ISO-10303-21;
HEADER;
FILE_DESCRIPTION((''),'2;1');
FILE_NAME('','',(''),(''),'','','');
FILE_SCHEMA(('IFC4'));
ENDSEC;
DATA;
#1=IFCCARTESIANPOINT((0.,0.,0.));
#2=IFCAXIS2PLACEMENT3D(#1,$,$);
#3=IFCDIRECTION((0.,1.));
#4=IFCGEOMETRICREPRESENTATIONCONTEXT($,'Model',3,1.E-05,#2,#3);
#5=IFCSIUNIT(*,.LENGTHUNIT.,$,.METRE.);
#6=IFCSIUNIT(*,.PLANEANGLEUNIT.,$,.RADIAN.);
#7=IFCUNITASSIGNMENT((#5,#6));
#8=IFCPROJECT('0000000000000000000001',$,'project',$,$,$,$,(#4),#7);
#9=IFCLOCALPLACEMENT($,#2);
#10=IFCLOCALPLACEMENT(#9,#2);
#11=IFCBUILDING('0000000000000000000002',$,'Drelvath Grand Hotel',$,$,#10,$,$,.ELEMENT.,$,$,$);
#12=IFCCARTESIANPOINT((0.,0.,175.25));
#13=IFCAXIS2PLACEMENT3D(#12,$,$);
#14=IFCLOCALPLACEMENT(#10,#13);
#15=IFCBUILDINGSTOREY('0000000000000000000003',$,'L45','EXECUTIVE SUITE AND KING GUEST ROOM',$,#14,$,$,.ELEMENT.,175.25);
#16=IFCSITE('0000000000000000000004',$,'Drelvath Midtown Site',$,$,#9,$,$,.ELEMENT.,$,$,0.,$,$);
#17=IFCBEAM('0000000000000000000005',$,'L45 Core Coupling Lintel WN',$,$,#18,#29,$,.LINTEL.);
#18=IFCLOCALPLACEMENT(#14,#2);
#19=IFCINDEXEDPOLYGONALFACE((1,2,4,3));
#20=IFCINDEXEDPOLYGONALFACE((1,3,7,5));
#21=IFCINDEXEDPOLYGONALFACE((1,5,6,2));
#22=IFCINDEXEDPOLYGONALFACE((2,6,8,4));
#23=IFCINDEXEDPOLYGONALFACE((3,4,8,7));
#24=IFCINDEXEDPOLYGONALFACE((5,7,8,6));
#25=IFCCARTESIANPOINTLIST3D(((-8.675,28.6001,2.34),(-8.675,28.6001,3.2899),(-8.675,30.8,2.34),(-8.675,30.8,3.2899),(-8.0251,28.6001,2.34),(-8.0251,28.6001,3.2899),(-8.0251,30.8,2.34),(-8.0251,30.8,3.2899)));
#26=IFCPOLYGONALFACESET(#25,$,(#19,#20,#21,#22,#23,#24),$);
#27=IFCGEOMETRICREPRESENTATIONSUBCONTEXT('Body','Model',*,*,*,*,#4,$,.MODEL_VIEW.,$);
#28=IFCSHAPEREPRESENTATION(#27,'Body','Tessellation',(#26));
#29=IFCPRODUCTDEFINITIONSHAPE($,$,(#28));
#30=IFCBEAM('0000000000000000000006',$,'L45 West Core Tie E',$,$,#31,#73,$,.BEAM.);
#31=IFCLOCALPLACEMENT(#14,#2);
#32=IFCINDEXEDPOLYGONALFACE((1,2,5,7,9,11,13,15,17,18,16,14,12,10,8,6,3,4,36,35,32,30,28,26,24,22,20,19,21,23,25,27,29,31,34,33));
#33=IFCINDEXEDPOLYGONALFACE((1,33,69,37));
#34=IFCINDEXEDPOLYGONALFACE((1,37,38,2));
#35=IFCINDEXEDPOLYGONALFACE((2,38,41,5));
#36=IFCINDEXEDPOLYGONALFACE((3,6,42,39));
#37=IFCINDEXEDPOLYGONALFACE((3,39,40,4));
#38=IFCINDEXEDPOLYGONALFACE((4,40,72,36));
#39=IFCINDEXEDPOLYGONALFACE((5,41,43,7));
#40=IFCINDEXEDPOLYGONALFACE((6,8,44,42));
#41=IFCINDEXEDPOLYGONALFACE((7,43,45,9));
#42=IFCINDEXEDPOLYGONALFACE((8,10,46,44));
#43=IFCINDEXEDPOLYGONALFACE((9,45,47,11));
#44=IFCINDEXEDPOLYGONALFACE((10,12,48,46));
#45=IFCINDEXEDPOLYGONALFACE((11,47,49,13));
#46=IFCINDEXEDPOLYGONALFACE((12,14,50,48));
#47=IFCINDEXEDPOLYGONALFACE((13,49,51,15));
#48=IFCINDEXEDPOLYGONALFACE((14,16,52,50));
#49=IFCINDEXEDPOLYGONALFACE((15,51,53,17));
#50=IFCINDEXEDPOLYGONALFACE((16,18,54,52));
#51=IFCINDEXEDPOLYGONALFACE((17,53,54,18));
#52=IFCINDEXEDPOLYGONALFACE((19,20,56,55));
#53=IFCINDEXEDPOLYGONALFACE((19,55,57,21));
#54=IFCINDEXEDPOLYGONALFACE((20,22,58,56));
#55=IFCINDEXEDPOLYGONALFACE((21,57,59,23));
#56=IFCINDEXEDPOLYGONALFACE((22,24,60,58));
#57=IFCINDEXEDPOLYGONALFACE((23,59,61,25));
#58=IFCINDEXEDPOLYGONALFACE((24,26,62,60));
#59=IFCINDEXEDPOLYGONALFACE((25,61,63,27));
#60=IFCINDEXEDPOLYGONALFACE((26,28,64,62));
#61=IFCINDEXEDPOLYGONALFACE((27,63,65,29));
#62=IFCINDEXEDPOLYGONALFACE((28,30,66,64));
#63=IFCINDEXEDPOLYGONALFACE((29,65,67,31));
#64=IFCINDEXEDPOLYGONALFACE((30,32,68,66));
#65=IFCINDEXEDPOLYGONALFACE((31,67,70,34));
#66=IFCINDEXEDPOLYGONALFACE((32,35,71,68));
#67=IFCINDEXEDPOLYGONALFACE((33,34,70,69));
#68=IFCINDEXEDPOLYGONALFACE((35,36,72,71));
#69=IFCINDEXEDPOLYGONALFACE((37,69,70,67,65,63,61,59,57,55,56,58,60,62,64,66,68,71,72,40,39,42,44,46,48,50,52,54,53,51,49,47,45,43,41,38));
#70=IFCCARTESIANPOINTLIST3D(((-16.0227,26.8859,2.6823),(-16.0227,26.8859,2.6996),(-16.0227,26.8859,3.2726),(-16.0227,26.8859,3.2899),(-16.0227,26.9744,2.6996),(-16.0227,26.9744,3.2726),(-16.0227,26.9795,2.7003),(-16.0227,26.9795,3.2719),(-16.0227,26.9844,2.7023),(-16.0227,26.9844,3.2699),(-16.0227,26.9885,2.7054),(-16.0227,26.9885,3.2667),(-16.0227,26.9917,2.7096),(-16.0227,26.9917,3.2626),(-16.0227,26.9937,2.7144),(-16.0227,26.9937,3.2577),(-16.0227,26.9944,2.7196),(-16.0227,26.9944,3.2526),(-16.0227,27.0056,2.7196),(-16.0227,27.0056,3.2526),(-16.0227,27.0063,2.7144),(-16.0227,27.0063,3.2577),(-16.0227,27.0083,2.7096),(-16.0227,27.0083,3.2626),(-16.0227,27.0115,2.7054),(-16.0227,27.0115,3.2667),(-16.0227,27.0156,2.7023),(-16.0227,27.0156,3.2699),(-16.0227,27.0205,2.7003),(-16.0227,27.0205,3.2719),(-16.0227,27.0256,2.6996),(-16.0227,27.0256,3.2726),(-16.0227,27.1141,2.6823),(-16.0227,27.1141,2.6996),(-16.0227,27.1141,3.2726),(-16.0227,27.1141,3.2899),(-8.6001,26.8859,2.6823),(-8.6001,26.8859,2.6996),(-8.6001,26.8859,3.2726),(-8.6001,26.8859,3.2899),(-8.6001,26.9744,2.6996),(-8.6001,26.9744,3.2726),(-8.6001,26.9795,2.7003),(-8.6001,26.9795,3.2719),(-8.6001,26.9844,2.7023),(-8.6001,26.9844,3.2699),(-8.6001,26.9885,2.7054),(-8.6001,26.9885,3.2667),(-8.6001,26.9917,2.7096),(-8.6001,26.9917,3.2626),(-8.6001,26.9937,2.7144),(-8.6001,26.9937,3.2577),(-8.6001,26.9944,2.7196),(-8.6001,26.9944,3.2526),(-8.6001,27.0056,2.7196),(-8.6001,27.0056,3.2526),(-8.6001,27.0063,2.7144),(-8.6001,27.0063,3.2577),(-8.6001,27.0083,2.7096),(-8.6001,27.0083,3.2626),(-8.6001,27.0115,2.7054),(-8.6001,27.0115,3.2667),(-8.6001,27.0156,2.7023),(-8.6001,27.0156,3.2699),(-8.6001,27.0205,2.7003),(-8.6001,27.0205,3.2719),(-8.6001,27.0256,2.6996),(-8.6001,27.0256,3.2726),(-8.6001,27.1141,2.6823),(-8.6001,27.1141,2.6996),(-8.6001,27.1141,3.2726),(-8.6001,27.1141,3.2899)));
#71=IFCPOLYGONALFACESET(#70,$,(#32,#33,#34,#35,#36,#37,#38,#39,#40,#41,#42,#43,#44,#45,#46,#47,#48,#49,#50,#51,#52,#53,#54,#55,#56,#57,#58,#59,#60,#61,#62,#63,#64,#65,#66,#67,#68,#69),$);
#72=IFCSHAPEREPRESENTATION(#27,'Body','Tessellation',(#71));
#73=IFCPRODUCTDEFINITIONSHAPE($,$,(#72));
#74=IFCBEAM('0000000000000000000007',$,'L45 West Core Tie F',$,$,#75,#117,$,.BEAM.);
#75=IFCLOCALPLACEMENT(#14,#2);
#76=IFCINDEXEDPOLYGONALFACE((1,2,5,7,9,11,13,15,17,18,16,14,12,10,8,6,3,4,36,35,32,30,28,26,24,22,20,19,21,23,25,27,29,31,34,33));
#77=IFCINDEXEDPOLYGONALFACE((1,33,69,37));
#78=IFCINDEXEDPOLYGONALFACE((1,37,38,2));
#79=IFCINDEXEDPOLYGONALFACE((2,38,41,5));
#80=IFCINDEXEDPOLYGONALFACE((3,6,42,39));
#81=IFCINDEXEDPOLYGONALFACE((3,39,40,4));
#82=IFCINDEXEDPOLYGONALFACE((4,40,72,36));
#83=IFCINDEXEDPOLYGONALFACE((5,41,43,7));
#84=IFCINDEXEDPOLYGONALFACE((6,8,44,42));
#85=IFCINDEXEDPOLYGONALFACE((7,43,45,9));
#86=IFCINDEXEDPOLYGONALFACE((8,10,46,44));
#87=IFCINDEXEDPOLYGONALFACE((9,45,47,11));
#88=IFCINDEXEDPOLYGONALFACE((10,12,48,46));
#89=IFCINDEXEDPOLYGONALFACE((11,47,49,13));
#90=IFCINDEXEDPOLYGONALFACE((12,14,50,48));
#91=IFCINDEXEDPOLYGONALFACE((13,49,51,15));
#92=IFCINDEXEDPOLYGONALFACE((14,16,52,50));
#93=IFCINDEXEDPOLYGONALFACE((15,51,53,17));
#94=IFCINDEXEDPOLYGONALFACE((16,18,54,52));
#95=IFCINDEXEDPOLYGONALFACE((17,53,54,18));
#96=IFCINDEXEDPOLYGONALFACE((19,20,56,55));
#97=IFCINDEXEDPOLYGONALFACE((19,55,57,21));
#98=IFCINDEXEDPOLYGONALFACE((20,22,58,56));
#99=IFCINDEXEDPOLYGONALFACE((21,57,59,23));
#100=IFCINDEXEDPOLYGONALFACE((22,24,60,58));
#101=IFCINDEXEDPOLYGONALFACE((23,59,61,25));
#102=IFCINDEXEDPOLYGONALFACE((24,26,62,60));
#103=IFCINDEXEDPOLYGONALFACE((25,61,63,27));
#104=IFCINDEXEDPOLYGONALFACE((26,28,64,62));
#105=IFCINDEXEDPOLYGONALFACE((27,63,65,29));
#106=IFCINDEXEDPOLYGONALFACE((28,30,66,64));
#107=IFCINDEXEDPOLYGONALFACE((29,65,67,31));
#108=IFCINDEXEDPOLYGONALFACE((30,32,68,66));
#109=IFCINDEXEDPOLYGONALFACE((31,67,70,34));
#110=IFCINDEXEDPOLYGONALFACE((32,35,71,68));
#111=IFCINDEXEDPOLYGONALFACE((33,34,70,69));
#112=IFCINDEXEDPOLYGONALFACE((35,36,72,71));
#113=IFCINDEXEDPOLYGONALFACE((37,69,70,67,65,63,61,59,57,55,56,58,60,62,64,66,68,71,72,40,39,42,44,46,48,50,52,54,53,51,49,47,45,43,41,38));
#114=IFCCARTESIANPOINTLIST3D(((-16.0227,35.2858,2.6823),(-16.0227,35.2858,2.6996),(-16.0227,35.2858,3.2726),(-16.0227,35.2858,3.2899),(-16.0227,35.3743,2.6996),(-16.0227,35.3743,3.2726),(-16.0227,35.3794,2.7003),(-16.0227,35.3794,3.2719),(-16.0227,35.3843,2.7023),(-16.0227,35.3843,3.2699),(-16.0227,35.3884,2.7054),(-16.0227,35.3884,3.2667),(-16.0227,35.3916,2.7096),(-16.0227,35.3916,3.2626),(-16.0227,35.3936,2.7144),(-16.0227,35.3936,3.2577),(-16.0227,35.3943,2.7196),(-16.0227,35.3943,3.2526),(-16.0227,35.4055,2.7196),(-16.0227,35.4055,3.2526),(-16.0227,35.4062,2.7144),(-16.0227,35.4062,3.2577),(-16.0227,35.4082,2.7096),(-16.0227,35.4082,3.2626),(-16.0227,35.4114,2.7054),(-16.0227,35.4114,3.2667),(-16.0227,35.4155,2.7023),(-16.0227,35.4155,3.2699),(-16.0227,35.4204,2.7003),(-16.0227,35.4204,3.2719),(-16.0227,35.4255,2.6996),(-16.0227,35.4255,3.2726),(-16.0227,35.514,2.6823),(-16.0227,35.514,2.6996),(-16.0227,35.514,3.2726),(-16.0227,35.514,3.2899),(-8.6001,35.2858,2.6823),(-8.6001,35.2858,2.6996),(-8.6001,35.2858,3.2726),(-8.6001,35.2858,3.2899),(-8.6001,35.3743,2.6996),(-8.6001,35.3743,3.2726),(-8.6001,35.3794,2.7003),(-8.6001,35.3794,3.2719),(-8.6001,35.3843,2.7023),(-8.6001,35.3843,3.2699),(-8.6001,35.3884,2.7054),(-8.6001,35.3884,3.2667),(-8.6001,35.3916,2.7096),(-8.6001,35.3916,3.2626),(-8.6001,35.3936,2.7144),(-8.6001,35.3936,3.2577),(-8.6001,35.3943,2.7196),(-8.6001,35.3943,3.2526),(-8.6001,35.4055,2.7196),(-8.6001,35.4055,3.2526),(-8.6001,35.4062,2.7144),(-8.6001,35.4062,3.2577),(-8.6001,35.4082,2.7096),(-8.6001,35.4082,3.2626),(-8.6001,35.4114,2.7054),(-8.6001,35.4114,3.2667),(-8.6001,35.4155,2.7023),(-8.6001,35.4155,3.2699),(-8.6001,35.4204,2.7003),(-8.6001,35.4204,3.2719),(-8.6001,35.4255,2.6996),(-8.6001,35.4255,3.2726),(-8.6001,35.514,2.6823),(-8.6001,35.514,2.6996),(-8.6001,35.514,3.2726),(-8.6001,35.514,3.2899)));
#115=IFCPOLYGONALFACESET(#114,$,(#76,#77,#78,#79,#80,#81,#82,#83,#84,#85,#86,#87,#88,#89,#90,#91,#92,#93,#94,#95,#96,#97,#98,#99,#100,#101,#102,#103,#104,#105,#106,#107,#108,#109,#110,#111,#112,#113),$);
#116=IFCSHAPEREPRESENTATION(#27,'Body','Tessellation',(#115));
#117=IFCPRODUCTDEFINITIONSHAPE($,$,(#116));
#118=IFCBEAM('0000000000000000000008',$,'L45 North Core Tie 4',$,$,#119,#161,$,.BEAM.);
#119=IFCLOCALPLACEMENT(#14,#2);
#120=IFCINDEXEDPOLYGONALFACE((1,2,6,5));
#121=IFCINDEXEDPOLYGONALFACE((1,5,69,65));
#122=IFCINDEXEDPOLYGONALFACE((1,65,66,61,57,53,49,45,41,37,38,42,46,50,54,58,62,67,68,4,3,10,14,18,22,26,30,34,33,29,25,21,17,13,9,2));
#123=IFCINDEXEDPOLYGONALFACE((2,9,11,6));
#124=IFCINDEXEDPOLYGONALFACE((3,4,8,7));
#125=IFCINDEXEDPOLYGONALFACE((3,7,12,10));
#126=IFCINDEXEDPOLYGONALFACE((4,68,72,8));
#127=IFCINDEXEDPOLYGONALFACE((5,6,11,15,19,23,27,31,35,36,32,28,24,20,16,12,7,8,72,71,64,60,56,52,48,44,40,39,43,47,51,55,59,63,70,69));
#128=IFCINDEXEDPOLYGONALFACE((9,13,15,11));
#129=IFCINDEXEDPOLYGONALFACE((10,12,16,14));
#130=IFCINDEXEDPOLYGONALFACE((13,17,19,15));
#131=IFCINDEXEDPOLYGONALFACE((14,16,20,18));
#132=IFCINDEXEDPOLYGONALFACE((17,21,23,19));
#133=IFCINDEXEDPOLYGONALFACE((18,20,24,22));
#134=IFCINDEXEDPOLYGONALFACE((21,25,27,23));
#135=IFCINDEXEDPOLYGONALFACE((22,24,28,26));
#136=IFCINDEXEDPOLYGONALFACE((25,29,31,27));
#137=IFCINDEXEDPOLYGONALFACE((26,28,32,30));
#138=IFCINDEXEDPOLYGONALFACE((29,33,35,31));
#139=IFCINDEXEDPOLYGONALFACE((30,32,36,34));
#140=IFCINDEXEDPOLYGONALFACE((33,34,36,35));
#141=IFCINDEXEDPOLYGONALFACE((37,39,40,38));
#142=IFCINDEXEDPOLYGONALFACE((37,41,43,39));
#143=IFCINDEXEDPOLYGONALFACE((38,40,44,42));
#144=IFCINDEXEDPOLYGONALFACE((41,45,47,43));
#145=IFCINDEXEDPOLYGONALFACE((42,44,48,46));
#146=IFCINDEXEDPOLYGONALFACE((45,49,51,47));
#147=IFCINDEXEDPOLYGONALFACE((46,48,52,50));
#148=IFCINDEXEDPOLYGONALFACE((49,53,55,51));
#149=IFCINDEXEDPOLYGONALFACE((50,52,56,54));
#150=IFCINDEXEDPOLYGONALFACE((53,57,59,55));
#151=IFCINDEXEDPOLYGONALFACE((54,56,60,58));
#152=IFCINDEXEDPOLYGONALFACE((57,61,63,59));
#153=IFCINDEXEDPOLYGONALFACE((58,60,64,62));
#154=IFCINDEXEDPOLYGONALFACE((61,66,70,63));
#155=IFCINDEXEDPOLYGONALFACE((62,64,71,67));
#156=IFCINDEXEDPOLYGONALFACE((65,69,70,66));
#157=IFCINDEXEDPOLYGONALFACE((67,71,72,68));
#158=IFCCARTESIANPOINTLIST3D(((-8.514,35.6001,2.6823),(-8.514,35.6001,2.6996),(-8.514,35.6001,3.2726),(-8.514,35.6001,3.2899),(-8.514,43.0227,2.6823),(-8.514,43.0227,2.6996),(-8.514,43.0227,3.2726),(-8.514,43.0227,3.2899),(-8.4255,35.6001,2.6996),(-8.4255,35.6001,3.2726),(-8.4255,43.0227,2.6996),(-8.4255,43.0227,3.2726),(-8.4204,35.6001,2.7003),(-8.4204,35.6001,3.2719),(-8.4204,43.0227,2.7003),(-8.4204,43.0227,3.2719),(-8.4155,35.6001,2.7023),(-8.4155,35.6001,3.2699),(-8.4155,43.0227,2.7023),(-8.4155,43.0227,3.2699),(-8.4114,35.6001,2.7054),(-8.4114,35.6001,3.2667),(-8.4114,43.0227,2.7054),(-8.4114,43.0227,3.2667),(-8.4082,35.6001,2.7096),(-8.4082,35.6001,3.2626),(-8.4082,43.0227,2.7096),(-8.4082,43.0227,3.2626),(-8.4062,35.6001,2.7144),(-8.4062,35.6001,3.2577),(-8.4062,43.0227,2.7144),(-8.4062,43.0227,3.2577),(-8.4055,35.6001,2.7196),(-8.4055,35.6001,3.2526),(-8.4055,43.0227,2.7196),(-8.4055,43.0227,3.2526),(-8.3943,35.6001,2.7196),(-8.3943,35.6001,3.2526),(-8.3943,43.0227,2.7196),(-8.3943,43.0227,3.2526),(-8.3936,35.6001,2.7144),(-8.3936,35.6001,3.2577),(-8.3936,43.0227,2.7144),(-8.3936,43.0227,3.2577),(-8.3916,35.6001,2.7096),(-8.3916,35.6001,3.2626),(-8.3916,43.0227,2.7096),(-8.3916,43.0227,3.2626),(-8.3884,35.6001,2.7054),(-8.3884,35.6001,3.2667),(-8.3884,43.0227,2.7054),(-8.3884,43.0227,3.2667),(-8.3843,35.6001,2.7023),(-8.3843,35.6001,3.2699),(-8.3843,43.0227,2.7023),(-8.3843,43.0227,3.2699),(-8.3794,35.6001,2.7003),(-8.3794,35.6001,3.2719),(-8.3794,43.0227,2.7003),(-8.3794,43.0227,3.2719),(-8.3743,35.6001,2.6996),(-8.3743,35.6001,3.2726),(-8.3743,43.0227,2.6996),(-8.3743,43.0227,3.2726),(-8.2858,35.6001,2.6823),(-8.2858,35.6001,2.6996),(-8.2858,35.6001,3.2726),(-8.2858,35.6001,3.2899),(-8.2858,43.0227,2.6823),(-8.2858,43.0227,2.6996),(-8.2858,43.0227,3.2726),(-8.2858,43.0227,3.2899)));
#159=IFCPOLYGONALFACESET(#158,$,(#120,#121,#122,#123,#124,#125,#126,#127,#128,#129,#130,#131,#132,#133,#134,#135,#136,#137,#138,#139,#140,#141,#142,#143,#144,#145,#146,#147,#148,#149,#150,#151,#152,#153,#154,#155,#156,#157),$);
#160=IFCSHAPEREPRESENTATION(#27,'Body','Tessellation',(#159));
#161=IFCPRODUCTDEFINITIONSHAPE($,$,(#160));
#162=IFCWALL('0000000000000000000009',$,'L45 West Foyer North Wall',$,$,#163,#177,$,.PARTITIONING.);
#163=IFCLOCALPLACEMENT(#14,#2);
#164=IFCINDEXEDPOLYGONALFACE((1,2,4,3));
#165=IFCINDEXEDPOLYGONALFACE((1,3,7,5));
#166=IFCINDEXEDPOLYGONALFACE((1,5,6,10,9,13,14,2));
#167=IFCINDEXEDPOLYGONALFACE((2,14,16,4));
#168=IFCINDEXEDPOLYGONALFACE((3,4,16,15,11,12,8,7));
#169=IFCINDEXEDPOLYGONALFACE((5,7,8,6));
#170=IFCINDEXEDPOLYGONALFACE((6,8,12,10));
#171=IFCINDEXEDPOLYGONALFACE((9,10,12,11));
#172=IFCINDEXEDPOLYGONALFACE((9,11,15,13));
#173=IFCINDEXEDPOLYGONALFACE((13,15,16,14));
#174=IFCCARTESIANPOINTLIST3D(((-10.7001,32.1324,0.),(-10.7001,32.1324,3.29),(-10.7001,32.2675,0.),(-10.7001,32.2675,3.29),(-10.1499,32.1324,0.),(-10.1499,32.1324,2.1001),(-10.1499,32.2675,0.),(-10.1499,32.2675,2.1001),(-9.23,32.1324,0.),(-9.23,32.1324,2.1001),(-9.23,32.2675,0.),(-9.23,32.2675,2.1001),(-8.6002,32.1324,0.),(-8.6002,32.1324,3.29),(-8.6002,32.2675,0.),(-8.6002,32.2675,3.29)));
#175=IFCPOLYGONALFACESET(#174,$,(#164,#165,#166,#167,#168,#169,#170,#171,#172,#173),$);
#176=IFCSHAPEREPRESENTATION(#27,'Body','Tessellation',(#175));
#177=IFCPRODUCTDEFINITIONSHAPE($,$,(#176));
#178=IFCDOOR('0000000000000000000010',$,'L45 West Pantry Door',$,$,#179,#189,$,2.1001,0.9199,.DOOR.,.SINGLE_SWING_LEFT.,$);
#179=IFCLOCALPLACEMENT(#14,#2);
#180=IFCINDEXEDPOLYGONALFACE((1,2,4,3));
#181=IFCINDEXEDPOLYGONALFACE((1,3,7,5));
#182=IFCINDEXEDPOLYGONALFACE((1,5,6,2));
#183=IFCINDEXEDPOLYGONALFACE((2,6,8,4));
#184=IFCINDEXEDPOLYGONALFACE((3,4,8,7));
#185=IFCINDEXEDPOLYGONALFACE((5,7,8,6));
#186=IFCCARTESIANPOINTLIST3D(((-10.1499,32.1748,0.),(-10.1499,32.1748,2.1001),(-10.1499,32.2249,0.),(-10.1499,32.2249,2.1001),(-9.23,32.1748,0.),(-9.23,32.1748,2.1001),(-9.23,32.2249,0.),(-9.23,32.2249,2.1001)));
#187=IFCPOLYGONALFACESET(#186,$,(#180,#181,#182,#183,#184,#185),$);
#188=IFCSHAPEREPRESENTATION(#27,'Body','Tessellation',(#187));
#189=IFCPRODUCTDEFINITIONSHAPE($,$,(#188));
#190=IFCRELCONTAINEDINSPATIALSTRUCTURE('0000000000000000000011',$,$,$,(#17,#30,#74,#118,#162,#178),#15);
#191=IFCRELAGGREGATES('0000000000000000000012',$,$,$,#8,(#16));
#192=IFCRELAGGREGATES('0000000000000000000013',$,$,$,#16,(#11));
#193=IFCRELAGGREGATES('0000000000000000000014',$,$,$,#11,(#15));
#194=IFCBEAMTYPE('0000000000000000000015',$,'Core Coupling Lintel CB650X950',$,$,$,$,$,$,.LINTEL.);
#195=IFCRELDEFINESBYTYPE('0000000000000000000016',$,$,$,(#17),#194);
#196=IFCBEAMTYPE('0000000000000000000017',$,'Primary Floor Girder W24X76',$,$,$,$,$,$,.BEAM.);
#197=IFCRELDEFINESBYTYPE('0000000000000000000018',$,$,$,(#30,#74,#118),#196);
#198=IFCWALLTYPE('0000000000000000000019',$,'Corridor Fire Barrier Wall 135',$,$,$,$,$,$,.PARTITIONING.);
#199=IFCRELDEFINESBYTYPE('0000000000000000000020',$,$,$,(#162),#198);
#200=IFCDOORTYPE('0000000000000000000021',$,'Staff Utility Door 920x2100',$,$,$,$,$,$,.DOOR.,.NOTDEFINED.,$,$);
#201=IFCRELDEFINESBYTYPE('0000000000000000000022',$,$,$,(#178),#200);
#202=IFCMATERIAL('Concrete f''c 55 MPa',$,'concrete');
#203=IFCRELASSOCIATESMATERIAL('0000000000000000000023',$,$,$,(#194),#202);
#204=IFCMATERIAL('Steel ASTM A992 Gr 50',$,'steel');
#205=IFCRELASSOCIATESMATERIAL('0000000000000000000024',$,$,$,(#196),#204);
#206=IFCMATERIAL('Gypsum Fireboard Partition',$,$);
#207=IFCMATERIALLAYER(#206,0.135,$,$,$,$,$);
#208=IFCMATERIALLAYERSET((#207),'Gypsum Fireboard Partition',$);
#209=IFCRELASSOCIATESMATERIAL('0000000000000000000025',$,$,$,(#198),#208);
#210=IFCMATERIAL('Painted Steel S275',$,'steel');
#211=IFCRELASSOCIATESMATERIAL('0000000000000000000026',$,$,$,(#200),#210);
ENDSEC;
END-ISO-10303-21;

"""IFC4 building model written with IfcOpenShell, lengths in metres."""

from ifc_helpers import new_model, si_unit, direction, frame, frame_2d, origin, origin_2d, place, context, subcontext, project, spatial, rectangle, i_section, extrude, material, layer, layer_set, material_profile, profile_set, type_object, element, fill, save


model = new_model("IFC4")

# Units and contexts
model_context = context("Model", 3, precision=1e-05, world=origin(), true_north=direction((0.0, 1.0)))
body_context = subcontext(model_context, "Body", "Model", "MODEL_VIEW")
ifc_project = project(units=[si_unit("LENGTHUNIT", "METRE"), si_unit("PLANEANGLEUNIT", "RADIAN")], contexts=[model_context])

# Site, building, storey
site_placement = place(None, origin())
site = spatial("IfcSite", under=ifc_project, at=site_placement, Name="Drelvath Midtown Site", CompositionType="ELEMENT", RefElevation=0.0)
building_placement = place(site_placement, origin())
building = spatial("IfcBuilding", under=site, at=building_placement, Name="Drelvath Grand Hotel", CompositionType="ELEMENT")
storey_placement = place(building_placement, frame((0.0, 0.0, 175.25)))
storey = spatial("IfcBuildingStorey", under=building, at=storey_placement, Name="L45", Description="EXECUTIVE SUITE AND KING GUEST ROOM", CompositionType="ELEMENT", Elevation=175.25)

# Beams
ifc_material_1 = material(Name="Concrete f'c 55 MPa", Category="concrete")
ifc_material_profile_1 = material_profile(ifc_material_1, rectangle(XDim=0.6499, YDim=0.95, at=origin_2d()), Name="CB650X950")
ifc_profile_set_1 = profile_set([ifc_material_profile_1], Name="Concrete f'c 55 MPa")
beam_type_1 = type_object("IfcBeamType", Name="Core Coupling Lintel CB650X950", PredefinedType="LINTEL", material=ifc_profile_set_1)
beam_placement = place(storey_placement, frame((-8.3501, 28.6001, 2.8149), z_axis=(0.0, 1.0, 0.0), x_axis=(-1.0, 0.0, 0.0)))
element("IfcBeam", 1, at=beam_placement, inside=storey, type_object=beam_type_1, Name="L45 Core Coupling Lintel WN", PredefinedType="LINTEL", context=body_context, shape_type="SweptSolid", body=[
    extrude(rectangle(XDim=0.6499, YDim=0.95, at=origin_2d()), origin(), (0.0, 0.0, 1.0), 2.2),
])
ifc_material_2 = material(Name="Steel ASTM A992 Gr 50", Category="steel")
ifc_material_profile_2 = material_profile(ifc_material_2, i_section(OverallWidth=0.2283, OverallDepth=0.6077, WebThickness=0.0112, FlangeThickness=0.0173, FilletRadius=0.02, at=origin_2d()), Name="W24X76")
ifc_profile_set_2 = profile_set([ifc_material_profile_2], Name="Steel ASTM A992 Gr 50")
beam_type_2 = type_object("IfcBeamType", Name="Primary Floor Girder W24X76", PredefinedType="BEAM", material=ifc_profile_set_2)
for number, where, z_axis, x_axis, name in (
    (2, (-16.0227, 27.0, 2.9861), (1.0, 0.0, 0.0), (0.0, 1.0, 0.0), "L45 West Core Tie E"),
    (3, (-16.0227, 35.3999, 2.9861), (1.0, 0.0, 0.0), (0.0, 1.0, 0.0), "L45 West Core Tie F"),
    (4, (-8.3999, 35.6001, 2.9861), (0.0, 1.0, 0.0), (-1.0, 0.0, 0.0), "L45 North Core Tie 4"),
):
    element("IfcBeam", number, at=place(storey_placement, frame(where, z_axis=z_axis, x_axis=x_axis)), inside=storey, type_object=beam_type_2, Name=name, PredefinedType="BEAM", context=body_context, shape_type="SweptSolid", body=[
        extrude(i_section(OverallWidth=0.2283, OverallDepth=0.6077, WebThickness=0.0112, FlangeThickness=0.0173, FilletRadius=0.02, at=origin_2d()), origin(), (0.0, 0.0, 1.0), 7.4226),
    ])

# Wall, opening, door
ifc_material_3 = material(Name="Gypsum Fireboard Partition")
ifc_layer_1 = layer(ifc_material_3, 0.135)
ifc_layer_set_1 = layer_set([ifc_layer_1], Name="Gypsum Fireboard Partition")
wall_type_1 = type_object("IfcWallType", Name="Corridor Fire Barrier Wall 135", PredefinedType="PARTITIONING", material=ifc_layer_set_1)
wall_1_placement = place(storey_placement, frame((-10.7, 32.2, 0.0), z_axis=(0.0, 0.0, 1.0), x_axis=(1.0, 0.0, 0.0)))
wall_1 = element("IfcWall", 5, at=wall_1_placement, inside=storey, type_object=wall_type_1, Name="L45 West Foyer North Wall", PredefinedType="PARTITIONING", context=body_context, shape_type="SweptSolid", body=[
    extrude(rectangle(XDim=2.0999, YDim=0.135, at=frame_2d((1.0498, 0.0))), origin(), (0.0, 0.0, 1.0), 3.29),
])
opening_1_placement = place(wall_1_placement, frame((0.55, 0.0, 0.0)))
opening_1 = element("IfcOpeningElement", 6, at=opening_1_placement, cuts=wall_1, PredefinedType="OPENING", context=body_context, shape_type="SweptSolid", body=[
    extrude(rectangle(XDim=0.9199, YDim=2.1001, at=frame_2d((0.46, 1.05))), frame((0.0, 0.0774, 0.0), z_axis=(0.0, -1.0, 0.0), x_axis=(1.0, 0.0, 0.0)), (0.0, 0.0, 1.0), 0.155),
])
ifc_material_4 = material(Name="Painted Steel S275", Category="steel")
door_type_1 = type_object("IfcDoorType", Name="Staff Utility Door 920x2100", OperationType="NOTDEFINED", PredefinedType="DOOR", material=ifc_material_4)
door_1_placement = place(opening_1_placement, origin())
door_1 = element("IfcDoor", 7, at=door_1_placement, inside=storey, type_object=door_type_1, Name="L45 West Pantry Door", OperationType="SINGLE_SWING_LEFT", OverallHeight=2.1001, OverallWidth=0.9199, PredefinedType="DOOR", context=body_context, shape_type="SweptSolid", body=[
    extrude(rectangle(XDim=0.9199, YDim=2.1001, at=frame_2d((0.46, 1.05))), frame((0.0, 0.0249, 0.0), z_axis=(0.0, -1.0, 0.0), x_axis=(1.0, 0.0, 0.0)), (0.0, 0.0, 1.0), 0.05),
])
fill(opening_1, door_1)

save(model, "model.ifc")
